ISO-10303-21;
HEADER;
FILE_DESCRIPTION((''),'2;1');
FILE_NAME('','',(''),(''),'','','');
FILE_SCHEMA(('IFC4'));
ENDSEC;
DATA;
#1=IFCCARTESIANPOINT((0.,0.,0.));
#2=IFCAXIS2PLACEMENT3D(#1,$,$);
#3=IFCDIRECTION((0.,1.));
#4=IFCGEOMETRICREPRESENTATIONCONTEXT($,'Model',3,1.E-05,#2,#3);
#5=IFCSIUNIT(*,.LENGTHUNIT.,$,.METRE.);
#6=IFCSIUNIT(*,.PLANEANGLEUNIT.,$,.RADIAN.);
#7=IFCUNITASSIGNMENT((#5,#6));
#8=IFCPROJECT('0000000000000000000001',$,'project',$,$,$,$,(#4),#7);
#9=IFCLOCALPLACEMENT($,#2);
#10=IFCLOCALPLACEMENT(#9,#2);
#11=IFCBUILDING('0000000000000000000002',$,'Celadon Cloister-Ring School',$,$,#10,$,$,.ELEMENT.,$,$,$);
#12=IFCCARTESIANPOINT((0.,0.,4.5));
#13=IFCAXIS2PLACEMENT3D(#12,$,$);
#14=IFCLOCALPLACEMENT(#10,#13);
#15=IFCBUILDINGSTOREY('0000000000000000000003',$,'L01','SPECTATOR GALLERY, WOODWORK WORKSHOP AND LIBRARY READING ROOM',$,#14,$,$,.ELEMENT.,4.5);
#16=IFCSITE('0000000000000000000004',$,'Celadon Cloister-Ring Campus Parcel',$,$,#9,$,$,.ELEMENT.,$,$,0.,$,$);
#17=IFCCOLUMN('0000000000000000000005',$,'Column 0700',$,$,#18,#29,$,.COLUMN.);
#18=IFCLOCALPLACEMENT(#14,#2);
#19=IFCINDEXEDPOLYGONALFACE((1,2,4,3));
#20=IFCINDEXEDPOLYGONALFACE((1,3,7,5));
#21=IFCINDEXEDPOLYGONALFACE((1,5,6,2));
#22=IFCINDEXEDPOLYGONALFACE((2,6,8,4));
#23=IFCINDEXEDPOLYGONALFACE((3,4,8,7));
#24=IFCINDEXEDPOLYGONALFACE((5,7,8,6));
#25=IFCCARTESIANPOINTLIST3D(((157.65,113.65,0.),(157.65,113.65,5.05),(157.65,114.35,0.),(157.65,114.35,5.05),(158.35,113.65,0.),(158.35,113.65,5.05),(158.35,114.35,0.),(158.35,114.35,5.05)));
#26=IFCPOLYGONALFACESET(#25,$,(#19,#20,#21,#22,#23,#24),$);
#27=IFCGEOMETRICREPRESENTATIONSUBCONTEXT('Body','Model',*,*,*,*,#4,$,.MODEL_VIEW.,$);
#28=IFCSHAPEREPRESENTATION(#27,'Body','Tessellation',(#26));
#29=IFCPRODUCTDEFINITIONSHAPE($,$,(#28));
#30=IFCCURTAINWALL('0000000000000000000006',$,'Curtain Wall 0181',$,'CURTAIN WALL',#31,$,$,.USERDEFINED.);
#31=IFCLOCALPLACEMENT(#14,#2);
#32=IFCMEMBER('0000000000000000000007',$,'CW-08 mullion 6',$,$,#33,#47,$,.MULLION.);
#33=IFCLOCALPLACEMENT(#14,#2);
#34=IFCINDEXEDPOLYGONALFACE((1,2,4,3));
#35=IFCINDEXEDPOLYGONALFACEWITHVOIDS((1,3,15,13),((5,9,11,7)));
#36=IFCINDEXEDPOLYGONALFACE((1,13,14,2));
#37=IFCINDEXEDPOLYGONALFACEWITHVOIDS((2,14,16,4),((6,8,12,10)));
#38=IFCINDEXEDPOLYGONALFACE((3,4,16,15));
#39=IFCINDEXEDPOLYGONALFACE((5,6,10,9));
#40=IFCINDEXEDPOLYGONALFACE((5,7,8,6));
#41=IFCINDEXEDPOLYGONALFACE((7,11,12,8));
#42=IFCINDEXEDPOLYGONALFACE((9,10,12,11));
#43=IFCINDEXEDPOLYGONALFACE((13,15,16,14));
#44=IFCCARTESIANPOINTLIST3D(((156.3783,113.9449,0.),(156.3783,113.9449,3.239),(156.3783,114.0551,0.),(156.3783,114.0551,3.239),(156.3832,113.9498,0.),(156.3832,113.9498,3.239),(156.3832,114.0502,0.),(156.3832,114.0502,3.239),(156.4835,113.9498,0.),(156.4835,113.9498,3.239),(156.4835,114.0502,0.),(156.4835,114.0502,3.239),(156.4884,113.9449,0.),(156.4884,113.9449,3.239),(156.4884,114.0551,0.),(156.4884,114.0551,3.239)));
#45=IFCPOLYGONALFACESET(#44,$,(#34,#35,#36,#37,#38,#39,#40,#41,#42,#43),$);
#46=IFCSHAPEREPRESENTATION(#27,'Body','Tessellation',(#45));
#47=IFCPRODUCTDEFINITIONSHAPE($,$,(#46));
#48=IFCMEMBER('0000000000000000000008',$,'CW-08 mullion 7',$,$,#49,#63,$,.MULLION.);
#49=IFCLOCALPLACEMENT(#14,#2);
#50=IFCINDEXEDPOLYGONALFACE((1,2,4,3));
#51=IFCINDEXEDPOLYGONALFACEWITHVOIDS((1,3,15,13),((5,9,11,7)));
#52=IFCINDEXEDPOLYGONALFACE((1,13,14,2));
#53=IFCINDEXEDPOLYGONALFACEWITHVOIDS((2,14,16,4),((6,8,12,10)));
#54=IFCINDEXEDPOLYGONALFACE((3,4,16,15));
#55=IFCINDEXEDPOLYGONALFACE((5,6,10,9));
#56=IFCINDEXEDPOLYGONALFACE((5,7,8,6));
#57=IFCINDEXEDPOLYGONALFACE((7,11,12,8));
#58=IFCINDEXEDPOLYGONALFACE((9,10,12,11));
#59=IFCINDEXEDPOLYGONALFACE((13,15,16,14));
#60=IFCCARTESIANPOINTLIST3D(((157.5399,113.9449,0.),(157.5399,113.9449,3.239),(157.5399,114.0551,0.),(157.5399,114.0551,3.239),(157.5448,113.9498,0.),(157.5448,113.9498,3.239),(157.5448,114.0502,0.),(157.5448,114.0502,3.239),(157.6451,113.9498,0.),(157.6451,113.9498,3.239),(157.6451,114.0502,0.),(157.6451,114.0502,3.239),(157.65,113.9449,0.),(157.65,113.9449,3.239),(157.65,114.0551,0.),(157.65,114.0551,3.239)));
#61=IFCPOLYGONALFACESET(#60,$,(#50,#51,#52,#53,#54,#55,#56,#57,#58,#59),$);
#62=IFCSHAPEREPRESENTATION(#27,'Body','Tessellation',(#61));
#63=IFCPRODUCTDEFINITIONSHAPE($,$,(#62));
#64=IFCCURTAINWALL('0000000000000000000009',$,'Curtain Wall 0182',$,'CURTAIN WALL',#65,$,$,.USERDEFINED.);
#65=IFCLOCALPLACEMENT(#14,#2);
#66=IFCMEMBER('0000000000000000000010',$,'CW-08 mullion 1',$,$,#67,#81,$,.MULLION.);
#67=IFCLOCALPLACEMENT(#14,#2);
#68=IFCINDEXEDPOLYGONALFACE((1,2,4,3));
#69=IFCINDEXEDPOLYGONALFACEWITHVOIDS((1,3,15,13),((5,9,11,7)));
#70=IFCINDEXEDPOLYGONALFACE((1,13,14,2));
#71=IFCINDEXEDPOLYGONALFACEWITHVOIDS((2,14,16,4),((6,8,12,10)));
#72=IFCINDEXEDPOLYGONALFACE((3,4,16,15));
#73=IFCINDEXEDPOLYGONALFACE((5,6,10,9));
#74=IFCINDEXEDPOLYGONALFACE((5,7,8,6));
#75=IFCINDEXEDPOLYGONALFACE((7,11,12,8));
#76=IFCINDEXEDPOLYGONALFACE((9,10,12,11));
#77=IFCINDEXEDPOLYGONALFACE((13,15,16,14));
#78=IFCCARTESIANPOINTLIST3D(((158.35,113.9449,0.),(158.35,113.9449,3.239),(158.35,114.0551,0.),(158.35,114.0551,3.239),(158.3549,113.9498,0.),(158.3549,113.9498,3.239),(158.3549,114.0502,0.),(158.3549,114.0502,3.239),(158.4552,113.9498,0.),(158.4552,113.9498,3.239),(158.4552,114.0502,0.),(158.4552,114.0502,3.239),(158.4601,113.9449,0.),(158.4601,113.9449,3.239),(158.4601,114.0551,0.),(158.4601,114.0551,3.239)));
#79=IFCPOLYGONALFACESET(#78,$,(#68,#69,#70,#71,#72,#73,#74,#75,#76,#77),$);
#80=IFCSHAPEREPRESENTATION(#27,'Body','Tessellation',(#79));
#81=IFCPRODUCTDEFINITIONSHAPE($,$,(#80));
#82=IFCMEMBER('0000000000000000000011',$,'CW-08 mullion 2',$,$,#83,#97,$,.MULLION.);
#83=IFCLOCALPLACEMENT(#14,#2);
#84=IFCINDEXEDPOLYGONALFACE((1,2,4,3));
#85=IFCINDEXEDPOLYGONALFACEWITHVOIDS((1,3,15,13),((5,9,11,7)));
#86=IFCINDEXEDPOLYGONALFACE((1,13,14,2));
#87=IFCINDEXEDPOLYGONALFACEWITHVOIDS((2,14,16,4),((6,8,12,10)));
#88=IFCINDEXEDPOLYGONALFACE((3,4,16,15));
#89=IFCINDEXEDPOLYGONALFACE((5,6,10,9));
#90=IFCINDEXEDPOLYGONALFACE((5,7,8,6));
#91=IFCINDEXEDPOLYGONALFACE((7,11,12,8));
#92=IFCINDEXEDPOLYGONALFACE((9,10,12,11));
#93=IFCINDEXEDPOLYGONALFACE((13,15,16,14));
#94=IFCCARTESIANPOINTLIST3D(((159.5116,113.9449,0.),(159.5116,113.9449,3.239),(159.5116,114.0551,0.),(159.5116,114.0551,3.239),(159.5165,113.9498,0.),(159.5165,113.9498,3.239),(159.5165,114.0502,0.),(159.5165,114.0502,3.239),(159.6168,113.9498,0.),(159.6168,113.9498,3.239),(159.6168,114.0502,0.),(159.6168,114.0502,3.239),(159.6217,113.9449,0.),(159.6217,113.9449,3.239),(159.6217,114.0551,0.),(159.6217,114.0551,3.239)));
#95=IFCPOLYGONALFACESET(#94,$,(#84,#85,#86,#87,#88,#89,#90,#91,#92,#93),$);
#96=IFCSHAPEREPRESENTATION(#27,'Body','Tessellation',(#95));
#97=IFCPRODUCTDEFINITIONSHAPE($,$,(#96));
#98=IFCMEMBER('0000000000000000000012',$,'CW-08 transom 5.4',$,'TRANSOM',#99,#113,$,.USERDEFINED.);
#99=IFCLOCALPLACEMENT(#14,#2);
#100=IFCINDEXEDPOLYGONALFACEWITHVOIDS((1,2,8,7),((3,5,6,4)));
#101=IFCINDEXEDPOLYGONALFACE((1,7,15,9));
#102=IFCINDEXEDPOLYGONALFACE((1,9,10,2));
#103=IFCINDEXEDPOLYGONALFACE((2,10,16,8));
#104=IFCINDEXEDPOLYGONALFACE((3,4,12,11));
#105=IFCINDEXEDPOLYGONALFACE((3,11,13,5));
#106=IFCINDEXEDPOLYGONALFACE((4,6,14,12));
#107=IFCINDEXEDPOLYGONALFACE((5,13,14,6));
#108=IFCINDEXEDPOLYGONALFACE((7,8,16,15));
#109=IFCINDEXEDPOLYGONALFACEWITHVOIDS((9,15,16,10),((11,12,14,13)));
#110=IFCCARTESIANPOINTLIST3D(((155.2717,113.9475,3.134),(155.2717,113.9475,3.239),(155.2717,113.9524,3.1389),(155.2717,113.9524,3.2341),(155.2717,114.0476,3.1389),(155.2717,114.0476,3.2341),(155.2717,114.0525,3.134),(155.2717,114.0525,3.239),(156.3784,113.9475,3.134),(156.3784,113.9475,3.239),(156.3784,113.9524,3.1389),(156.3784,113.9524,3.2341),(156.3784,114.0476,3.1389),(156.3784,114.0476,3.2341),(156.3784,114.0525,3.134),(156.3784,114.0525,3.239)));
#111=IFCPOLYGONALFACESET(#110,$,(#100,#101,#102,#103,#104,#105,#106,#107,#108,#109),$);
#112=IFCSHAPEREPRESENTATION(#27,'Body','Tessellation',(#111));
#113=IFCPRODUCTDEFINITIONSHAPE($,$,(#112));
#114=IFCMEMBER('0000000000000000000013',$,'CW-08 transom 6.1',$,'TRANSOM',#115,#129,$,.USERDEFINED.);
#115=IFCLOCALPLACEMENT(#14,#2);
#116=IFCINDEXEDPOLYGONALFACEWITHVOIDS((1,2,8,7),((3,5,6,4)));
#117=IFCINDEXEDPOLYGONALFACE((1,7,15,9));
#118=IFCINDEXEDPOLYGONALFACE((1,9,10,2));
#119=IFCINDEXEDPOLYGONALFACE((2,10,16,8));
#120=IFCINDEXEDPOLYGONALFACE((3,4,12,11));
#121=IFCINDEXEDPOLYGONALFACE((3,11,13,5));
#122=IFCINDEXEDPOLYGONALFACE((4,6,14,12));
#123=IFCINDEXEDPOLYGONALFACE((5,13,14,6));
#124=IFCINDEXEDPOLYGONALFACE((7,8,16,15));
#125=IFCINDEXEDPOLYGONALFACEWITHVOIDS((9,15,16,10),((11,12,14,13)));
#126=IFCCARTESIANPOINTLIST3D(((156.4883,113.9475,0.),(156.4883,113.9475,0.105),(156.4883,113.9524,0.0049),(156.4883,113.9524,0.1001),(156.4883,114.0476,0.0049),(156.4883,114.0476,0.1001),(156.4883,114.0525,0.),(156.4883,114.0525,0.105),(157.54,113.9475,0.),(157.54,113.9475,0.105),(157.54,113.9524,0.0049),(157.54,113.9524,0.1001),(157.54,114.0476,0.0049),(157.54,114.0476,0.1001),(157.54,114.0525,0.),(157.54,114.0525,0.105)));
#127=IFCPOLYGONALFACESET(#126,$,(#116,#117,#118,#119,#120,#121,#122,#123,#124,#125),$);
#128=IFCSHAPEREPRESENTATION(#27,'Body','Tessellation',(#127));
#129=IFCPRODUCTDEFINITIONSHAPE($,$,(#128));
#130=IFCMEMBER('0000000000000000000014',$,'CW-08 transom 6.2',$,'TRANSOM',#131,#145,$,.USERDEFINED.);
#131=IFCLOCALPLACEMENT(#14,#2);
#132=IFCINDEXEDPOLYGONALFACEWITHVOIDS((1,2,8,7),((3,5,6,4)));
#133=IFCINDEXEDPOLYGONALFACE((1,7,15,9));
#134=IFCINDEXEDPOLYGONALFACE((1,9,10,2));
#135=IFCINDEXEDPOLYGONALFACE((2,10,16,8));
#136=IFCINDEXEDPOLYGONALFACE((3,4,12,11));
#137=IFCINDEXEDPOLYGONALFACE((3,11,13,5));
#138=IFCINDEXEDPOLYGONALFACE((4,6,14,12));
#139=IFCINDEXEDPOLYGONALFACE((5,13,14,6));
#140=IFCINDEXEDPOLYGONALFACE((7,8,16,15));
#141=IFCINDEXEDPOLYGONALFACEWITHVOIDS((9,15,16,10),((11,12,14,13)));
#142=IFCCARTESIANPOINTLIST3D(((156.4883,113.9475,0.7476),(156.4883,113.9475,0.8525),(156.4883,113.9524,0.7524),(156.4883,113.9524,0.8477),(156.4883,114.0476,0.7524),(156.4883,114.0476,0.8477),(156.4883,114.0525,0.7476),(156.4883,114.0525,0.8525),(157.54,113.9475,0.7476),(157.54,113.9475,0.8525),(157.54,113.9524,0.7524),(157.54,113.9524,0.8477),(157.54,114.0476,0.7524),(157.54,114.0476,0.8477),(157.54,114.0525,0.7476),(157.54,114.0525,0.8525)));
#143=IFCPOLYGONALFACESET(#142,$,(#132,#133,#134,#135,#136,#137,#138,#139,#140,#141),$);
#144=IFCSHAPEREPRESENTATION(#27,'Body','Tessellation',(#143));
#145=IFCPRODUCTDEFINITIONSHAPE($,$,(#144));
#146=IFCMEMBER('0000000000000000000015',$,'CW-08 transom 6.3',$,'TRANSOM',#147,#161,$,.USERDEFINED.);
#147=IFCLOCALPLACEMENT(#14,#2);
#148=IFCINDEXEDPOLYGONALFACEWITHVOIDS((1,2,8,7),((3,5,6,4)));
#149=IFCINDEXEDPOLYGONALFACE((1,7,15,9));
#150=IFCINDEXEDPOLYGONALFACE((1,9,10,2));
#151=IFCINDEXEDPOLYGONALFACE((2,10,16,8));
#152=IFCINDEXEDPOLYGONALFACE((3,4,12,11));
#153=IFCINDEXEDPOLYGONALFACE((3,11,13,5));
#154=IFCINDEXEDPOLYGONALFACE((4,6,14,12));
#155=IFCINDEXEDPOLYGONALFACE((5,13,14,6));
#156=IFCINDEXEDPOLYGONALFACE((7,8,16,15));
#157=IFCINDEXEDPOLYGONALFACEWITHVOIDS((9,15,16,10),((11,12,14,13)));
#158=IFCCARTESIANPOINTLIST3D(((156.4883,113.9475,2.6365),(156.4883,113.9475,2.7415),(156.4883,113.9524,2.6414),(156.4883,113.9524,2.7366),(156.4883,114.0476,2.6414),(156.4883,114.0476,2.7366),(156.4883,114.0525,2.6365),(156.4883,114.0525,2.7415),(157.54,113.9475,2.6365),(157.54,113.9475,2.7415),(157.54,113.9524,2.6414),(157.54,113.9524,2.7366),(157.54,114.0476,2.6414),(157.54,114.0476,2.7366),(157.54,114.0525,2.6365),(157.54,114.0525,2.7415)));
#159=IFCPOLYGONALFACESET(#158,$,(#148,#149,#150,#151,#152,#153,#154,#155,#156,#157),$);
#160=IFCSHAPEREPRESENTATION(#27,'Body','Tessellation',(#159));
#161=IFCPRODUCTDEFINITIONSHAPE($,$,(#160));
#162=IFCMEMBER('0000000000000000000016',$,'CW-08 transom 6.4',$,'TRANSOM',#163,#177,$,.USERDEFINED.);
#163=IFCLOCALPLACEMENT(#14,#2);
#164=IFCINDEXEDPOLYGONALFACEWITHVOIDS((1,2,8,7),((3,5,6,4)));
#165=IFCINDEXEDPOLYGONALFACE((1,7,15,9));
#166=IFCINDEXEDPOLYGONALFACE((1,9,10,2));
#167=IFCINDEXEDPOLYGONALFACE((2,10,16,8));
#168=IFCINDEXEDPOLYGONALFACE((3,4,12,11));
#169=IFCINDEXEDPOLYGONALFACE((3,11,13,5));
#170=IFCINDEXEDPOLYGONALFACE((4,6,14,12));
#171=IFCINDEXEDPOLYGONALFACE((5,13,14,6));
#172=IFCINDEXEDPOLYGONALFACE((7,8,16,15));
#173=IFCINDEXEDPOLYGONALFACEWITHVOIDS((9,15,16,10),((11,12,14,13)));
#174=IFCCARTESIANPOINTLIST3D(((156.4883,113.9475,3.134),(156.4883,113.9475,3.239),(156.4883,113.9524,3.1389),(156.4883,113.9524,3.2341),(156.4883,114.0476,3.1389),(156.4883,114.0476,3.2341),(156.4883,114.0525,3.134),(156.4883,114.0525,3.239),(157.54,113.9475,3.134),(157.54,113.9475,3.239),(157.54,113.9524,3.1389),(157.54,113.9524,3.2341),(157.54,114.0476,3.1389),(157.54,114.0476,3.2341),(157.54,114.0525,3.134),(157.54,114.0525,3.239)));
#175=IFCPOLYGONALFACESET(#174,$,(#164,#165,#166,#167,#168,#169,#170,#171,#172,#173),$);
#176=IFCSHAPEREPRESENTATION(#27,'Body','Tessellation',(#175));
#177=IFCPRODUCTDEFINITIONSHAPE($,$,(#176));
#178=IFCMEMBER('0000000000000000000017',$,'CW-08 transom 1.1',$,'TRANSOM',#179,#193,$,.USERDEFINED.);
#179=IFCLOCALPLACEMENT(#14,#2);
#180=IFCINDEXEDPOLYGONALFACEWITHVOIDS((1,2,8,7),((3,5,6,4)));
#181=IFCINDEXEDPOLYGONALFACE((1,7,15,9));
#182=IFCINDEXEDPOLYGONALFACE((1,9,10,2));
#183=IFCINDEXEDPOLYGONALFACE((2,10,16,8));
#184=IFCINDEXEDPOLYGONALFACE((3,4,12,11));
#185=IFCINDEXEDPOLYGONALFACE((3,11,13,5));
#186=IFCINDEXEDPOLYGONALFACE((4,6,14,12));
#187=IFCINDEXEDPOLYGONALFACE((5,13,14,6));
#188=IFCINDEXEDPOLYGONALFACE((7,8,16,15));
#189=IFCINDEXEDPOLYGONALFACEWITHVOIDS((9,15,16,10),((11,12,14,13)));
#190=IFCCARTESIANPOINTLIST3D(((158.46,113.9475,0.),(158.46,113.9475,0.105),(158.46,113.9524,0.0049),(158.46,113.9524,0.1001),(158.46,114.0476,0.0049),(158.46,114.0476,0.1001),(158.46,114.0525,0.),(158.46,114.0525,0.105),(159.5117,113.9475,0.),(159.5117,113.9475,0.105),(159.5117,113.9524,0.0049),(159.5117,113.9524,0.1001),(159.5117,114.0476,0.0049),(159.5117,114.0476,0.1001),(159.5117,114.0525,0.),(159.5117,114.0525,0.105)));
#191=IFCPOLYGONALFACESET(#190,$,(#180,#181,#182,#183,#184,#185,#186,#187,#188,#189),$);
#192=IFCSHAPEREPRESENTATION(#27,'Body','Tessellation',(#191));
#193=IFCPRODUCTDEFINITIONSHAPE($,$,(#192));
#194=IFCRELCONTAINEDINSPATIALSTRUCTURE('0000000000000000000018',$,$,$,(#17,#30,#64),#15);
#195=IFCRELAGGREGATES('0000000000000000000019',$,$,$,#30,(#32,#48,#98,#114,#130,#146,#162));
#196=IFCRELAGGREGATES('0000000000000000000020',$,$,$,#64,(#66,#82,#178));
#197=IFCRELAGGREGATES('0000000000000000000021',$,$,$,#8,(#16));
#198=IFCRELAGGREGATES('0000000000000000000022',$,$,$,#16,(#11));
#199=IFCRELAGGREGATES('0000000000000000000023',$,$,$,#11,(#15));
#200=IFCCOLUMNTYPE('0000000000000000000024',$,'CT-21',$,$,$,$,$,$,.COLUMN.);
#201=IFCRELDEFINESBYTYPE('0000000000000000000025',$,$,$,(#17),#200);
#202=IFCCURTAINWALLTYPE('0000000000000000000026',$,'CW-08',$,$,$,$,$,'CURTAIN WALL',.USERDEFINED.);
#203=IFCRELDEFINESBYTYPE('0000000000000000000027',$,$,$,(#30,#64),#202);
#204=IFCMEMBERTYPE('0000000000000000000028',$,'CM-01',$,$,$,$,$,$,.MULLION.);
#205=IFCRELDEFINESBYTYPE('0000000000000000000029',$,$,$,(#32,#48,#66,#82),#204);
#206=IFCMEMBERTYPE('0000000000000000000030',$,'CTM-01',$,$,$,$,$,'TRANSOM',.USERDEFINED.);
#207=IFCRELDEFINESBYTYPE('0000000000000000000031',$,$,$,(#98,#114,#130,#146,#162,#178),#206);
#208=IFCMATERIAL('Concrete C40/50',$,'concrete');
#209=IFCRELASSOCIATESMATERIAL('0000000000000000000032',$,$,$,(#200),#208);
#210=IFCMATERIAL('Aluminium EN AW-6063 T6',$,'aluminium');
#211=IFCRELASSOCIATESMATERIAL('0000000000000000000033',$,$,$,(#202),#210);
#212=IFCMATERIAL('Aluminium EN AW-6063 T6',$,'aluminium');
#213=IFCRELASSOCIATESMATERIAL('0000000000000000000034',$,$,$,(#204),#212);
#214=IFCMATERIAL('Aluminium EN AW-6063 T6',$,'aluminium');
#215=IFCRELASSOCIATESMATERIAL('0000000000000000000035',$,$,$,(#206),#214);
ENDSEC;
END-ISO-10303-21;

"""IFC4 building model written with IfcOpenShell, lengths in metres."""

from ifc_helpers import new_model, si_unit, direction, frame, origin, origin_2d, place, context, subcontext, project, spatial, rectangle, hollow_rectangle, extrude, material, material_profile, profile_set, type_object, element, aggregate, save


model = new_model("IFC4")

# Units and contexts
model_context = context("Model", 3, precision=1e-05, world=origin(), true_north=direction((0.0, 1.0)))
body_context = subcontext(model_context, "Body", "Model", "MODEL_VIEW")
ifc_project = project(units=[si_unit("LENGTHUNIT", "METRE"), si_unit("PLANEANGLEUNIT", "RADIAN")], contexts=[model_context])

# Site, building, storey
site_placement = place(None, origin())
site = spatial("IfcSite", under=ifc_project, at=site_placement, Name="Celadon Cloister-Ring Campus Parcel", CompositionType="ELEMENT", RefElevation=0.0)
building_placement = place(site_placement, origin())
building = spatial("IfcBuilding", under=site, at=building_placement, Name="Celadon Cloister-Ring School", CompositionType="ELEMENT")
storey_placement = place(building_placement, frame((0.0, 0.0, 4.5)))
storey = spatial("IfcBuildingStorey", under=building, at=storey_placement, Name="L01", Description="SPECTATOR GALLERY, WOODWORK WORKSHOP AND LIBRARY READING ROOM", CompositionType="ELEMENT", Elevation=4.5)

# Column
ifc_material_1 = material(Name="Concrete C40/50", Category="concrete")
ifc_material_profile_1 = material_profile(ifc_material_1, rectangle(XDim=0.7, YDim=0.7, at=origin_2d()), Name="RC700X700")
ifc_profile_set_1 = profile_set([ifc_material_profile_1], Name="Concrete C40/50")
column_type = type_object("IfcColumnType", Name="CT-21", PredefinedType="COLUMN", material=ifc_profile_set_1)
column_placement = place(storey_placement, frame((158.0, 114.0, 0.0), z_axis=(0.0, 0.0, 1.0), x_axis=(1.0, 0.0, 0.0)))
element("IfcColumn", 1, at=column_placement, inside=storey, type_object=column_type, Name="Column 0700", PredefinedType="COLUMN", context=body_context, shape_type="SweptSolid", body=[
    extrude(rectangle(XDim=0.7, YDim=0.7, at=origin_2d()), origin(), (0.0, 0.0, 1.0), 5.05),
])

# Curtain walls, members
ifc_material_2 = material(Name="Aluminium EN AW-6063 T6", Category="aluminium")
curtain_wall_type = type_object("IfcCurtainWallType", Name="CW-08", ElementType="CURTAIN WALL", PredefinedType="USERDEFINED", material=ifc_material_2)
curtain_wall_1_placement = place(storey_placement, origin())
curtain_wall_1 = element("IfcCurtainWall", 2, at=curtain_wall_1_placement, inside=storey, type_object=curtain_wall_type, Name="Curtain Wall 0181", ObjectType="CURTAIN WALL", PredefinedType="USERDEFINED")
ifc_material_3 = material(Name="Aluminium EN AW-6063 T6", Category="aluminium")
ifc_material_profile_2 = material_profile(ifc_material_3, hollow_rectangle(XDim=0.1101, YDim=0.1101, WallThickness=0.0049, at=origin_2d()), Name="RHS110X110X5")
ifc_profile_set_2 = profile_set([ifc_material_profile_2], Name="Aluminium EN AW-6063 T6")
member_type_1 = type_object("IfcMemberType", Name="CM-01", PredefinedType="MULLION", material=ifc_profile_set_2)
member_1_placement = place(storey_placement, frame((156.4333, 114.0, 0.0), z_axis=(0.0, 0.0, 1.0), x_axis=(0.0, 1.0, 0.0)))
member_1 = element("IfcMember", 3, at=member_1_placement, type_object=member_type_1, Name="CW-08 mullion 6", PredefinedType="MULLION", context=body_context, shape_type="SweptSolid", body=[
    extrude(hollow_rectangle(XDim=0.1101, YDim=0.1101, WallThickness=0.0049, at=origin_2d()), origin(), (0.0, 0.0, 1.0), 3.239),
])
member_2_placement = place(storey_placement, frame((157.595, 114.0, 0.0), z_axis=(0.0, 0.0, 1.0), x_axis=(0.0, 1.0, 0.0)))
member_2 = element("IfcMember", 4, at=member_2_placement, type_object=member_type_1, Name="CW-08 mullion 7", PredefinedType="MULLION", context=body_context, shape_type="SweptSolid", body=[
    extrude(hollow_rectangle(XDim=0.1101, YDim=0.1101, WallThickness=0.0049, at=origin_2d()), origin(), (0.0, 0.0, 1.0), 3.239),
])
curtain_wall_2_placement = place(storey_placement, origin())
curtain_wall_2 = element("IfcCurtainWall", 5, at=curtain_wall_2_placement, inside=storey, type_object=curtain_wall_type, Name="Curtain Wall 0182", ObjectType="CURTAIN WALL", PredefinedType="USERDEFINED")
member_3_placement = place(storey_placement, frame((158.405, 114.0, 0.0), z_axis=(0.0, 0.0, 1.0), x_axis=(0.0, 1.0, 0.0)))
member_3 = element("IfcMember", 6, at=member_3_placement, type_object=member_type_1, Name="CW-08 mullion 1", PredefinedType="MULLION", context=body_context, shape_type="SweptSolid", body=[
    extrude(hollow_rectangle(XDim=0.1101, YDim=0.1101, WallThickness=0.0049, at=origin_2d()), origin(), (0.0, 0.0, 1.0), 3.239),
])
member_4_placement = place(storey_placement, frame((159.5667, 114.0, 0.0), z_axis=(0.0, 0.0, 1.0), x_axis=(0.0, 1.0, 0.0)))
member_4 = element("IfcMember", 7, at=member_4_placement, type_object=member_type_1, Name="CW-08 mullion 2", PredefinedType="MULLION", context=body_context, shape_type="SweptSolid", body=[
    extrude(hollow_rectangle(XDim=0.1101, YDim=0.1101, WallThickness=0.0049, at=origin_2d()), origin(), (0.0, 0.0, 1.0), 3.239),
])

# Members
ifc_material_4 = material(Name="Aluminium EN AW-6063 T6", Category="aluminium")
ifc_material_profile_3 = material_profile(ifc_material_4, hollow_rectangle(XDim=0.105, YDim=0.105, WallThickness=0.0049, at=origin_2d()), Name="RHS105X105X5")
ifc_profile_set_3 = profile_set([ifc_material_profile_3], Name="Aluminium EN AW-6063 T6")
member_type_2 = type_object("IfcMemberType", Name="CTM-01", ElementType="TRANSOM", PredefinedType="USERDEFINED", material=ifc_profile_set_3)
member_5_placement = place(storey_placement, frame((155.2717, 114.0, 3.1865), z_axis=(1.0, 0.0, 0.0), x_axis=(0.0, 1.0, 0.0)))
member_5 = element("IfcMember", 8, at=member_5_placement, type_object=member_type_2, Name="CW-08 transom 5.4", ObjectType="TRANSOM", PredefinedType="USERDEFINED", context=body_context, shape_type="SweptSolid", body=[
    extrude(hollow_rectangle(XDim=0.105, YDim=0.105, WallThickness=0.0049, at=origin_2d()), origin(), (0.0, 0.0, 1.0), 1.1067),
])
member_6_placement = place(storey_placement, frame((156.4883, 114.0, 0.0525), z_axis=(1.0, 0.0, 0.0), x_axis=(0.0, 1.0, 0.0)))
member_6 = element("IfcMember", 9, at=member_6_placement, type_object=member_type_2, Name="CW-08 transom 6.1", ObjectType="TRANSOM", PredefinedType="USERDEFINED", context=body_context, shape_type="SweptSolid", body=[
    extrude(hollow_rectangle(XDim=0.105, YDim=0.105, WallThickness=0.0049, at=origin_2d()), origin(), (0.0, 0.0, 1.0), 1.0518),
])
member_7_placement = place(storey_placement, frame((156.4883, 114.0, 0.8), z_axis=(1.0, 0.0, 0.0), x_axis=(0.0, 1.0, 0.0)))
member_7 = element("IfcMember", 10, at=member_7_placement, type_object=member_type_2, Name="CW-08 transom 6.2", ObjectType="TRANSOM", PredefinedType="USERDEFINED", context=body_context, shape_type="SweptSolid", body=[
    extrude(hollow_rectangle(XDim=0.105, YDim=0.105, WallThickness=0.0049, at=origin_2d()), origin(), (0.0, 0.0, 1.0), 1.0518),
])
member_8_placement = place(storey_placement, frame((156.4883, 114.0, 2.689), z_axis=(1.0, 0.0, 0.0), x_axis=(0.0, 1.0, 0.0)))
member_8 = element("IfcMember", 11, at=member_8_placement, type_object=member_type_2, Name="CW-08 transom 6.3", ObjectType="TRANSOM", PredefinedType="USERDEFINED", context=body_context, shape_type="SweptSolid", body=[
    extrude(hollow_rectangle(XDim=0.105, YDim=0.105, WallThickness=0.0049, at=origin_2d()), origin(), (0.0, 0.0, 1.0), 1.0518),
])
member_9_placement = place(storey_placement, frame((156.4883, 114.0, 3.1865), z_axis=(1.0, 0.0, 0.0), x_axis=(0.0, 1.0, 0.0)))
member_9 = element("IfcMember", 12, at=member_9_placement, type_object=member_type_2, Name="CW-08 transom 6.4", ObjectType="TRANSOM", PredefinedType="USERDEFINED", context=body_context, shape_type="SweptSolid", body=[
    extrude(hollow_rectangle(XDim=0.105, YDim=0.105, WallThickness=0.0049, at=origin_2d()), origin(), (0.0, 0.0, 1.0), 1.0518),
])
member_10_placement = place(storey_placement, frame((158.46, 114.0, 0.0525), z_axis=(1.0, 0.0, 0.0), x_axis=(0.0, 1.0, 0.0)))
member_10 = element("IfcMember", 13, at=member_10_placement, type_object=member_type_2, Name="CW-08 transom 1.1", ObjectType="TRANSOM", PredefinedType="USERDEFINED", context=body_context, shape_type="SweptSolid", body=[
    extrude(hollow_rectangle(XDim=0.105, YDim=0.105, WallThickness=0.0049, at=origin_2d()), origin(), (0.0, 0.0, 1.0), 1.0518),
])

aggregate(curtain_wall_1, [member_1, member_2, member_5, member_6, member_7, member_8, member_9])
aggregate(curtain_wall_2, [member_3, member_4, member_10])

save(model, "model.ifc")
